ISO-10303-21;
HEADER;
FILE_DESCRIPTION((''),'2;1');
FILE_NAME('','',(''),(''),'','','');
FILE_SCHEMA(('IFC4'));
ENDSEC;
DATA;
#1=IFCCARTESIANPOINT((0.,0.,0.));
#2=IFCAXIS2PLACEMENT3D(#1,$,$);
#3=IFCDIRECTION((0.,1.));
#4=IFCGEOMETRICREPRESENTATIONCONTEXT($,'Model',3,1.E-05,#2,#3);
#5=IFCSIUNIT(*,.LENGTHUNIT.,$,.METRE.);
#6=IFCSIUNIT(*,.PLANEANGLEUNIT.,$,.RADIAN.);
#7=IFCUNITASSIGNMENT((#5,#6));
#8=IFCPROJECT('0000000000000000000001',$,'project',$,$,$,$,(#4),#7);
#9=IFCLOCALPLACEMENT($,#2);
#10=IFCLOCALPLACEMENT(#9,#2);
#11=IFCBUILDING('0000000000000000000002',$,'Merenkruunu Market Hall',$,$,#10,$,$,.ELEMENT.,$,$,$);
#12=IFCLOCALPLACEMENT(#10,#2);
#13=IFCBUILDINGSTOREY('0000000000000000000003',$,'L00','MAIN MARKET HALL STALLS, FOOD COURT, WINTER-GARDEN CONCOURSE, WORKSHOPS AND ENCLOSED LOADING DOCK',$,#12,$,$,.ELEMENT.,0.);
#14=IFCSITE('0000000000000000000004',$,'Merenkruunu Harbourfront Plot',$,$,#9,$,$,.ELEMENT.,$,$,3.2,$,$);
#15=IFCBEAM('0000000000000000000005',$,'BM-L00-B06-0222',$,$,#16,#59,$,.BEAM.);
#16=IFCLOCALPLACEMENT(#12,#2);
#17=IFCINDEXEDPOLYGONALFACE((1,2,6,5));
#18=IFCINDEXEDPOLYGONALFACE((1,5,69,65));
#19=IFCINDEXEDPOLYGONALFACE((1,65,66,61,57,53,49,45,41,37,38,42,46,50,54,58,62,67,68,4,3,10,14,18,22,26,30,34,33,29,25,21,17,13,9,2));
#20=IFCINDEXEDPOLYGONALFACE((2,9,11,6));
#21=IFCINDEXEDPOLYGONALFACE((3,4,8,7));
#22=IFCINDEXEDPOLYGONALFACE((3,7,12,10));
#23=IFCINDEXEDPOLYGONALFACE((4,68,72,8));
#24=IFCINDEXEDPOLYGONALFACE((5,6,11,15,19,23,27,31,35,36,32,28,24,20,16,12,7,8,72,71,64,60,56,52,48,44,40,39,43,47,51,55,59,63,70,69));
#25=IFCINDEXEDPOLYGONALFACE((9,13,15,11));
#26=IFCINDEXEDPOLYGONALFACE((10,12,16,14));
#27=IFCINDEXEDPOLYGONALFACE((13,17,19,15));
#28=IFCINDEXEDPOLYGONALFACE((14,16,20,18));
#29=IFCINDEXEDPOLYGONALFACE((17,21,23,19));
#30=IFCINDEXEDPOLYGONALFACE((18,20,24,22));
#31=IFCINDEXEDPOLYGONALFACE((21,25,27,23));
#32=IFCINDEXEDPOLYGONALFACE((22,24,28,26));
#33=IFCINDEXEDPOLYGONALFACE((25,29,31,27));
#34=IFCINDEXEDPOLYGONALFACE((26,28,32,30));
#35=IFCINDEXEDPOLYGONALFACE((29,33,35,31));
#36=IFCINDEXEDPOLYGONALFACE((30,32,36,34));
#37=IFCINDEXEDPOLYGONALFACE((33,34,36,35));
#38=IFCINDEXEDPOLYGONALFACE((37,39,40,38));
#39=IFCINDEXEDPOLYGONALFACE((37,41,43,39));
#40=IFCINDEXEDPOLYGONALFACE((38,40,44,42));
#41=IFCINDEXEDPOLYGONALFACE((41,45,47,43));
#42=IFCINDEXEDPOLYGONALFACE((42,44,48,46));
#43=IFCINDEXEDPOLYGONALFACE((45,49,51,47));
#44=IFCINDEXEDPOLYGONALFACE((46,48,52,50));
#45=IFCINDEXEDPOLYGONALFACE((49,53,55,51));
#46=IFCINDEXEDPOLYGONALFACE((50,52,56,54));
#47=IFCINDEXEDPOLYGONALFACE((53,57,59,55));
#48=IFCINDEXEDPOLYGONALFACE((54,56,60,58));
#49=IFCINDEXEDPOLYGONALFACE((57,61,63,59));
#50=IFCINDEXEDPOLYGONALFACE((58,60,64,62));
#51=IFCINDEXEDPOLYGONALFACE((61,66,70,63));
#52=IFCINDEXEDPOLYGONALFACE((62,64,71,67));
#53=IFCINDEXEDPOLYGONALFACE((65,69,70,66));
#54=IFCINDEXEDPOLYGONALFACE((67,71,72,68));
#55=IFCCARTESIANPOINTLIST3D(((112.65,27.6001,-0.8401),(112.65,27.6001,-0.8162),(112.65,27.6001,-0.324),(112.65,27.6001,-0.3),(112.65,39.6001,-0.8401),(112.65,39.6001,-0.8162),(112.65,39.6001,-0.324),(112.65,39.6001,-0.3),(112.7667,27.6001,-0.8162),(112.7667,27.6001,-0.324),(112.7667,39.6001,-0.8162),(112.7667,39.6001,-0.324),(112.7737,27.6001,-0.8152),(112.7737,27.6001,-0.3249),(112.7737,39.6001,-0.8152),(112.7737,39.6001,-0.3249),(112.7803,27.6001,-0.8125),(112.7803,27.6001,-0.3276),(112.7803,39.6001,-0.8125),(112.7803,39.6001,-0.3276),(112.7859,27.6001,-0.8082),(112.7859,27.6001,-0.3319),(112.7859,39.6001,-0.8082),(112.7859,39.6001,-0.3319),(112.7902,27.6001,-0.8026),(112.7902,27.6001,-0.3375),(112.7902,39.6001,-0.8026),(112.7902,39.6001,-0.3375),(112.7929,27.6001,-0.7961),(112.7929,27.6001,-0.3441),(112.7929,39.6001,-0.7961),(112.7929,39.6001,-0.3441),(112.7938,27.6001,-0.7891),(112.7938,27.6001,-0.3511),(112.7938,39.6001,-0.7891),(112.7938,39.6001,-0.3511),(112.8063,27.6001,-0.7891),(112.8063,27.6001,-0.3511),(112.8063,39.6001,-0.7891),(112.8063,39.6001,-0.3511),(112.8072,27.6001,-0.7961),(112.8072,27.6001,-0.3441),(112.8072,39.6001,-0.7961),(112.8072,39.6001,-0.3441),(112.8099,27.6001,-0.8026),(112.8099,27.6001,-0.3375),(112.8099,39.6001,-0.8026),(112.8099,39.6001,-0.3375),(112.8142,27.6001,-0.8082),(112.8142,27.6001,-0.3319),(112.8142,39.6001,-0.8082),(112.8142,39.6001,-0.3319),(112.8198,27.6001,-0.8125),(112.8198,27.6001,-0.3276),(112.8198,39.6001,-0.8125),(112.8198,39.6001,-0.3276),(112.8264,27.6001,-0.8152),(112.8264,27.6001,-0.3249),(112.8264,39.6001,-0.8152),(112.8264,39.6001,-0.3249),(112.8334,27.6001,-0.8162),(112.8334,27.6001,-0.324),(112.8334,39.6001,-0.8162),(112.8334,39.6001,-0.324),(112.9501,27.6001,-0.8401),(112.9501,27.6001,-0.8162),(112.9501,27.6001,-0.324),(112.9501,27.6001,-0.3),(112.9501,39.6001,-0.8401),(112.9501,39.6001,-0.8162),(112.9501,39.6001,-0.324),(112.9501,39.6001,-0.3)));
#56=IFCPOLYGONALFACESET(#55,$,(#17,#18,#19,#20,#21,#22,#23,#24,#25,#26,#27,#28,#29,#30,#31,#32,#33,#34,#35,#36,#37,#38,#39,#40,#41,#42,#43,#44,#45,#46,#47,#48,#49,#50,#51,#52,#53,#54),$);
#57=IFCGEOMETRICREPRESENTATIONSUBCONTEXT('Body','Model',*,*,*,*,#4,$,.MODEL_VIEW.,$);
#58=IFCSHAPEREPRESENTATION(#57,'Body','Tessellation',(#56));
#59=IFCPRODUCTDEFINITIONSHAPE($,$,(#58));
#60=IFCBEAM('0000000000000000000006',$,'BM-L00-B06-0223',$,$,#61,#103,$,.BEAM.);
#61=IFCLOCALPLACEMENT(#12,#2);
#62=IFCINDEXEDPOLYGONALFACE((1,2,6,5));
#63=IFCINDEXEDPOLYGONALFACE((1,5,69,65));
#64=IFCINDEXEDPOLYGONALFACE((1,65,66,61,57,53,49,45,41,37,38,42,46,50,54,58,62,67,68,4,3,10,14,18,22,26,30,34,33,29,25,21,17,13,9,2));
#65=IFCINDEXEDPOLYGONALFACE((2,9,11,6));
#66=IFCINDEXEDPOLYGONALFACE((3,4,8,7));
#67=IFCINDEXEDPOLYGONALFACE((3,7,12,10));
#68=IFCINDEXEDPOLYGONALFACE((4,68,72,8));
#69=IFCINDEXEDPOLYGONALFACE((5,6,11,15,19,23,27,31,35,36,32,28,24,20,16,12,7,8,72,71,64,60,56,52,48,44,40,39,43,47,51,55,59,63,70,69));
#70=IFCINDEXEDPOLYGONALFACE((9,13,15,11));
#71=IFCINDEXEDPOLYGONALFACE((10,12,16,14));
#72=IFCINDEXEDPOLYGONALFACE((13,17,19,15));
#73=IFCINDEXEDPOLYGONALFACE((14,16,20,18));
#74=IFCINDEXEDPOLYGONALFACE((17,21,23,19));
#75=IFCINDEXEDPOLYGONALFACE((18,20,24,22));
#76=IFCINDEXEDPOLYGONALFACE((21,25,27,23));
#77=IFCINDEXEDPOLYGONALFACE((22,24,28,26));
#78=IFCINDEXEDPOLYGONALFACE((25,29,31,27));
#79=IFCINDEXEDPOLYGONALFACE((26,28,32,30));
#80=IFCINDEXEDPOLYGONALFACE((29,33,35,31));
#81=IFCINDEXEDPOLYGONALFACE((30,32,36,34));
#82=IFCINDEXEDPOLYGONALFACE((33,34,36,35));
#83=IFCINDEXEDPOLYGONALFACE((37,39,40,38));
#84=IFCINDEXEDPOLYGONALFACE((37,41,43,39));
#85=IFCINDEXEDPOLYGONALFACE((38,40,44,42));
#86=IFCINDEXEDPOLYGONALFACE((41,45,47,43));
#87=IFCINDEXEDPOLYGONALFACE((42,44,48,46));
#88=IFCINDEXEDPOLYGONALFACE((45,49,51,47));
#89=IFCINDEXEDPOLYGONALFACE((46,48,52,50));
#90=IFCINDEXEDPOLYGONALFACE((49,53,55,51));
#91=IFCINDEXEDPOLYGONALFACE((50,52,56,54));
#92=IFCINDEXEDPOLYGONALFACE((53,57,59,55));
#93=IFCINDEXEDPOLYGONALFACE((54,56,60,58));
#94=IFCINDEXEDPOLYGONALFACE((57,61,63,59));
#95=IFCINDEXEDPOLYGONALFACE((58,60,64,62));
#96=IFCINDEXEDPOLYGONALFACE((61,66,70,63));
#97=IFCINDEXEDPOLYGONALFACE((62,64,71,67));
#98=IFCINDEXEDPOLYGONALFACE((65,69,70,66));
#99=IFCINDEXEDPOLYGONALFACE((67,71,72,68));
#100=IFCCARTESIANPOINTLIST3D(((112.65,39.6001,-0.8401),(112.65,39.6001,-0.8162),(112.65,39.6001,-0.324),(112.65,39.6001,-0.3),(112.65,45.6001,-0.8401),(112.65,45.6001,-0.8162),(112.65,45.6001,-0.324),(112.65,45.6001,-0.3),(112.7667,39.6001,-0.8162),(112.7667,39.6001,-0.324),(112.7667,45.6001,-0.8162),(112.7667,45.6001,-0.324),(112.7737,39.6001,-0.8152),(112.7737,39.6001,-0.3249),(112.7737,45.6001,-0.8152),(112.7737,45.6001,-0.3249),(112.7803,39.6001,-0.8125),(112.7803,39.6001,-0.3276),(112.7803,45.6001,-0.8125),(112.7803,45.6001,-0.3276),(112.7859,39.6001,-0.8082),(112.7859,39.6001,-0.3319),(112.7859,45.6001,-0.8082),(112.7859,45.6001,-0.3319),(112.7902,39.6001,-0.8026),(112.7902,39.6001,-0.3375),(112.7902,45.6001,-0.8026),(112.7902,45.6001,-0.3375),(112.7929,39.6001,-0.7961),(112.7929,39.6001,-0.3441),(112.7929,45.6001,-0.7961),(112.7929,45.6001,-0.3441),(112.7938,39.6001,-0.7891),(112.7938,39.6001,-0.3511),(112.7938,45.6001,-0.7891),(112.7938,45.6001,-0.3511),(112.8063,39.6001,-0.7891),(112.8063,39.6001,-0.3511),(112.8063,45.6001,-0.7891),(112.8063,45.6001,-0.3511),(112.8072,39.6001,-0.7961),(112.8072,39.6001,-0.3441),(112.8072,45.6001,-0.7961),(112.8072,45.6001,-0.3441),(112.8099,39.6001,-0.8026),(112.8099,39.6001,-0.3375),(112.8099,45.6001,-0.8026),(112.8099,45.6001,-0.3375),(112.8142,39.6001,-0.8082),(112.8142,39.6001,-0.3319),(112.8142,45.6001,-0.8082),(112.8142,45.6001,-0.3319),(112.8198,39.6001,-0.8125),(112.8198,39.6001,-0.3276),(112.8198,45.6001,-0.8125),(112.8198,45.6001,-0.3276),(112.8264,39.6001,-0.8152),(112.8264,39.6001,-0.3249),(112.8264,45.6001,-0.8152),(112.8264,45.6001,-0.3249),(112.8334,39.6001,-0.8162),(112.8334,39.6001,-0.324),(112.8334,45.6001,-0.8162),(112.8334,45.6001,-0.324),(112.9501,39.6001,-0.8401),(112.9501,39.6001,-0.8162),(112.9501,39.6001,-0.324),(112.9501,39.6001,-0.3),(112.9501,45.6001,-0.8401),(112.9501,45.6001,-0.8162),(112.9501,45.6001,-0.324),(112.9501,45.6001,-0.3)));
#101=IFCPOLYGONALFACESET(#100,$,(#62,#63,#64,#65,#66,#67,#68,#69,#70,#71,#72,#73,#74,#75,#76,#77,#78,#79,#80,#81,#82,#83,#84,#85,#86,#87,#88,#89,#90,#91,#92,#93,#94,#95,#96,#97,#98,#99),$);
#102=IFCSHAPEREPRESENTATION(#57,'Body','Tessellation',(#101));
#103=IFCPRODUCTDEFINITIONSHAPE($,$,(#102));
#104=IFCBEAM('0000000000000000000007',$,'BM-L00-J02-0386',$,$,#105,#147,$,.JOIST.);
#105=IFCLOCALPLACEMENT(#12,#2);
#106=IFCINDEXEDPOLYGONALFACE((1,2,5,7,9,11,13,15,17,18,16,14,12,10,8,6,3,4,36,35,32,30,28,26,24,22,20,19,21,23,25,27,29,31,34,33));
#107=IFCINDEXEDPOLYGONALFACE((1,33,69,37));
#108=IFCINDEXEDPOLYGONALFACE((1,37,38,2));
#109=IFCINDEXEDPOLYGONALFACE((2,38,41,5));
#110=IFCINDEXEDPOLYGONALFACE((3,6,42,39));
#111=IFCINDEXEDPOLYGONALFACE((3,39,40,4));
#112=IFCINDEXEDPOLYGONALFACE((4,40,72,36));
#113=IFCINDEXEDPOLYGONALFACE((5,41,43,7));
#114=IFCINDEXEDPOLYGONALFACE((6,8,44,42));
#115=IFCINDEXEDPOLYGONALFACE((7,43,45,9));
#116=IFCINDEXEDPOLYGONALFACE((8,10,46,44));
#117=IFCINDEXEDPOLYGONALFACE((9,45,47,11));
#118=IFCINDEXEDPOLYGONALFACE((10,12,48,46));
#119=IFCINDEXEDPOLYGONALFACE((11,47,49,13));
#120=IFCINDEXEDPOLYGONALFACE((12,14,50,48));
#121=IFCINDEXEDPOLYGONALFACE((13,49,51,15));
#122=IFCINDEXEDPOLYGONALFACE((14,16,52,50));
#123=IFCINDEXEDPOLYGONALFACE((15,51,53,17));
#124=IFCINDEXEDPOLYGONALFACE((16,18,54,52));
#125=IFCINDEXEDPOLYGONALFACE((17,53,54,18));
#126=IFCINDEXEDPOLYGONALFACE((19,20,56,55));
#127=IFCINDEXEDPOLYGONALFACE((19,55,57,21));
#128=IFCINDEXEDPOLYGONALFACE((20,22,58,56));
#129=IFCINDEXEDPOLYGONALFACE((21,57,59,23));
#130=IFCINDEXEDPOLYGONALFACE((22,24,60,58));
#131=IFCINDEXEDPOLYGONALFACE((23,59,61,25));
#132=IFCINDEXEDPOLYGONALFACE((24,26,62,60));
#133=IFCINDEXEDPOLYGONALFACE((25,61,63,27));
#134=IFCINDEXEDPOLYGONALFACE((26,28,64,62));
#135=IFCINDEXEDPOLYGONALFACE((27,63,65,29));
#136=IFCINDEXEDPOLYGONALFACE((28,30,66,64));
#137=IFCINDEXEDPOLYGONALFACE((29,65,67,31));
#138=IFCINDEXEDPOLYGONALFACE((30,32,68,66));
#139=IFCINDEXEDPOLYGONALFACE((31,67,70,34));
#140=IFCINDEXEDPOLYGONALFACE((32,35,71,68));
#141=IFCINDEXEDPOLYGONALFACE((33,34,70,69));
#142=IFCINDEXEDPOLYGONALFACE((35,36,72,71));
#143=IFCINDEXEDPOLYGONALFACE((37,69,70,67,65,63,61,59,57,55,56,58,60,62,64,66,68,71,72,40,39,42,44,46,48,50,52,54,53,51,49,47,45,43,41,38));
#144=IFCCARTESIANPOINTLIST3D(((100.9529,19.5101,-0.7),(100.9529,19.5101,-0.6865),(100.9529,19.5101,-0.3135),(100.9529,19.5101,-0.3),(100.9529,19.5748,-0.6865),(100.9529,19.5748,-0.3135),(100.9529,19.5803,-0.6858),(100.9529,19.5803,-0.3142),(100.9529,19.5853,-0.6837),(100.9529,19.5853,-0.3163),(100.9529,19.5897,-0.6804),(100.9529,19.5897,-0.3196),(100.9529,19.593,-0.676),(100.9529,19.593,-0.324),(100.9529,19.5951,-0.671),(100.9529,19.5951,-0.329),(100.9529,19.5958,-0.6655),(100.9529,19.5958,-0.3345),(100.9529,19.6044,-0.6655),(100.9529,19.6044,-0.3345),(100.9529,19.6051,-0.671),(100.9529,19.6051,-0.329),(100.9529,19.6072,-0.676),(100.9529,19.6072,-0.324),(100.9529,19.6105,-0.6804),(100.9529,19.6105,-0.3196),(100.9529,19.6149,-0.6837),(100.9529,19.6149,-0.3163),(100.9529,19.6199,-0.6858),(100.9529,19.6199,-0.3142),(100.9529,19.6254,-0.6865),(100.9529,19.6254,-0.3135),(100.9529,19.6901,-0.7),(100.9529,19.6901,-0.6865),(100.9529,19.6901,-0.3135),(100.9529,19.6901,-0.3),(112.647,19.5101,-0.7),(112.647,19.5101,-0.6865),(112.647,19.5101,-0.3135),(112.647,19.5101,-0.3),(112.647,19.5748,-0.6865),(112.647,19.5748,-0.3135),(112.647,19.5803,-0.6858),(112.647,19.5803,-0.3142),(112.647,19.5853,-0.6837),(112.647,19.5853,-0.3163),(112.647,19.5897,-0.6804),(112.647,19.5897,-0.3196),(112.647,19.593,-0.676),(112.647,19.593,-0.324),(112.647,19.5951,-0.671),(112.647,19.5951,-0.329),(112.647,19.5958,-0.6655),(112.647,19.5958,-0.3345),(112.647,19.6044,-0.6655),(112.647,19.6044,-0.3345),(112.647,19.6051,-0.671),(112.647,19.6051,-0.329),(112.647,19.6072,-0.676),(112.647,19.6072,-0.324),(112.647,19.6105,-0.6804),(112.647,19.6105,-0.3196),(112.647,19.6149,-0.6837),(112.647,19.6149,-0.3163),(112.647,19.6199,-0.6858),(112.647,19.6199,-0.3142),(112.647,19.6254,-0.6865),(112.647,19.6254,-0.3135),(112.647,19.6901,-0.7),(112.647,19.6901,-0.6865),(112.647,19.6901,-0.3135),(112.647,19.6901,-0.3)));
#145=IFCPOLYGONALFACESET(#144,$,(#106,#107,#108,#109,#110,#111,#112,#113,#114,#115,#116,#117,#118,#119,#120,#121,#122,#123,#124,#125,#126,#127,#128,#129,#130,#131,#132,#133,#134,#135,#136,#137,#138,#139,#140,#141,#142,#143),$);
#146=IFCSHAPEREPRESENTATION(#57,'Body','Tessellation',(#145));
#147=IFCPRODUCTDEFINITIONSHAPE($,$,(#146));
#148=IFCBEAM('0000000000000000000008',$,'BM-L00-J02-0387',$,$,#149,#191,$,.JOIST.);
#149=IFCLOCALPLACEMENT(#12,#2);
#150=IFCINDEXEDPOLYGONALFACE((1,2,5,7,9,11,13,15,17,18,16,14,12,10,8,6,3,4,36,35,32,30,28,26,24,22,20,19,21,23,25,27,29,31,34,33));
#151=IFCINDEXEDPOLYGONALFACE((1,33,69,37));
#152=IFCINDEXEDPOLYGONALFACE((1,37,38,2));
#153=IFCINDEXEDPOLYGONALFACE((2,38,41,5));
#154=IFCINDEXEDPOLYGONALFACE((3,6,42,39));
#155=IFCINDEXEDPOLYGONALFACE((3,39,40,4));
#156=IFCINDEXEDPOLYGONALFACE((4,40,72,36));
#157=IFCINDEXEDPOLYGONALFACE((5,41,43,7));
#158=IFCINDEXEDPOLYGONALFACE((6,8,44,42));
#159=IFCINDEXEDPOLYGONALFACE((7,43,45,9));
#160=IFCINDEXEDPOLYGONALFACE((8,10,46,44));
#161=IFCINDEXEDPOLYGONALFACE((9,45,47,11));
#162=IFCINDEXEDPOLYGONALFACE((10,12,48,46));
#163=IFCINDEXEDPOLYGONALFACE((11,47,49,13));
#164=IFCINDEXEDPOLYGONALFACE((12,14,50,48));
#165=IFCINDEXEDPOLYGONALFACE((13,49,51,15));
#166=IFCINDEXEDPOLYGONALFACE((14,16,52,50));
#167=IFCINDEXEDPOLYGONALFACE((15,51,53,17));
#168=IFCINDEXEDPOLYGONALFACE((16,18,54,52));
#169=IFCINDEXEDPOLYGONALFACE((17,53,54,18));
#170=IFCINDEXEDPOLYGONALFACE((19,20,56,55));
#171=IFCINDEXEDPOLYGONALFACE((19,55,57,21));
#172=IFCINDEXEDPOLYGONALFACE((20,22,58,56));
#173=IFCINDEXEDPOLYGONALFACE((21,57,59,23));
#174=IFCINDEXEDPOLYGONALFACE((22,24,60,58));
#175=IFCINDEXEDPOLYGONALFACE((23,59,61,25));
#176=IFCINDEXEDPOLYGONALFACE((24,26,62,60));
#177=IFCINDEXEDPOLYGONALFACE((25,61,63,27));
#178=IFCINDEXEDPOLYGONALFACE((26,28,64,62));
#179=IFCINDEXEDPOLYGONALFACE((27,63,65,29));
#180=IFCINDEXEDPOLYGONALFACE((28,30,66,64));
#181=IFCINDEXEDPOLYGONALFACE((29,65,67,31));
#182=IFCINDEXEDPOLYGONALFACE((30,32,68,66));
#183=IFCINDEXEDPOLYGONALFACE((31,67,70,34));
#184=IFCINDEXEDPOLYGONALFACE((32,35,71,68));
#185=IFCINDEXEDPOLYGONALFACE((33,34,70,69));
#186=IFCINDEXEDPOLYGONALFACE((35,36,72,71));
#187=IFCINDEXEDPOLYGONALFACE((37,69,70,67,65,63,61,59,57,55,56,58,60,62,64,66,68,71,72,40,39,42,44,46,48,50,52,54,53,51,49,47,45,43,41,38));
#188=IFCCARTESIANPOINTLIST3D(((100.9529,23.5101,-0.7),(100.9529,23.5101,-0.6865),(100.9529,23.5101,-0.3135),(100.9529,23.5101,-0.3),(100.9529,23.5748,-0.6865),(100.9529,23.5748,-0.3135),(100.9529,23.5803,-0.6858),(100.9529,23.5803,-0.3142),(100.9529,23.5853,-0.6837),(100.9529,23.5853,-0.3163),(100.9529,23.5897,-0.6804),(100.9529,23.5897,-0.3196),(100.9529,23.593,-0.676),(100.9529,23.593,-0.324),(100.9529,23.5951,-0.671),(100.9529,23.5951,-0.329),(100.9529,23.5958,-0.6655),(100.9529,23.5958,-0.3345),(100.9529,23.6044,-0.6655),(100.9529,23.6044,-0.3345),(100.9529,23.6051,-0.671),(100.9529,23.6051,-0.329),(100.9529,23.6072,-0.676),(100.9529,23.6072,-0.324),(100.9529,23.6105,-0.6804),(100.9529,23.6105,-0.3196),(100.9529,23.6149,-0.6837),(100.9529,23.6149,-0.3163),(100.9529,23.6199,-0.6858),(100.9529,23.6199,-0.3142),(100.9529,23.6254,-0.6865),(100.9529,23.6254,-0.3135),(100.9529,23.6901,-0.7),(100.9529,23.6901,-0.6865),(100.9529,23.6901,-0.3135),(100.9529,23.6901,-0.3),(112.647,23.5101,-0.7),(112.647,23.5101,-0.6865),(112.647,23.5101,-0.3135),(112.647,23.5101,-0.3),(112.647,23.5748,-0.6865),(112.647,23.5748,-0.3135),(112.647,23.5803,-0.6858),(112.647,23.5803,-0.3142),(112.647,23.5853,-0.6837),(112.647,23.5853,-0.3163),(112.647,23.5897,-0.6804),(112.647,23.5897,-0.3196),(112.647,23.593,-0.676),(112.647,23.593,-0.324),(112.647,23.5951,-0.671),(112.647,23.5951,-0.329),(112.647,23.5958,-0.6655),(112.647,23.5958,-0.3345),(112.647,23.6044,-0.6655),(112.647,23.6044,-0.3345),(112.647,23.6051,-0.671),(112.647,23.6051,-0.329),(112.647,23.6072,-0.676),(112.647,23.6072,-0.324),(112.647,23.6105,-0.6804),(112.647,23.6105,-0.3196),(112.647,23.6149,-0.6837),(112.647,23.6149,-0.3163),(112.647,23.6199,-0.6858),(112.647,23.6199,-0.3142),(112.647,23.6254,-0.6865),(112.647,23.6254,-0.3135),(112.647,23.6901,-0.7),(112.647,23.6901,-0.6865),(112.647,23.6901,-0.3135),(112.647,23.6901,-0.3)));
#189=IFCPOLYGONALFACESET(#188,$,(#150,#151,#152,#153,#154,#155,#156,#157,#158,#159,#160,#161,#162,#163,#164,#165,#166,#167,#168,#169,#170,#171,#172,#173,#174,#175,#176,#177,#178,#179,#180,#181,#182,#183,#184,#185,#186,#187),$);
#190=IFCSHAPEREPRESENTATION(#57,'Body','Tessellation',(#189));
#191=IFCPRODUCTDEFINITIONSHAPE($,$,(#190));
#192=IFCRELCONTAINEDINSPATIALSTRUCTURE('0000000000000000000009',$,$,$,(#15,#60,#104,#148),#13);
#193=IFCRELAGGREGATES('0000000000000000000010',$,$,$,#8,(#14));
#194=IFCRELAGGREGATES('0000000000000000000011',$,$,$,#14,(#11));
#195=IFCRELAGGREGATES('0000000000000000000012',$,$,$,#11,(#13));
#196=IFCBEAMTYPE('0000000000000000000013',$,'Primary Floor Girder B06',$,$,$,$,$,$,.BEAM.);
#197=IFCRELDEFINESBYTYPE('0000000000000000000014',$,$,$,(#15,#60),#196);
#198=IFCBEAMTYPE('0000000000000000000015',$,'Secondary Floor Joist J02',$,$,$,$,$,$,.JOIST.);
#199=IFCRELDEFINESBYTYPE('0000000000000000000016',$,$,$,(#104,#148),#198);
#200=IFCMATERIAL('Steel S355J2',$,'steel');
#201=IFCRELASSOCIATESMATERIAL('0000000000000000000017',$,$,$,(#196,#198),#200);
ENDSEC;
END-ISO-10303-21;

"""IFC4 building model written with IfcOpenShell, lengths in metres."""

from ifc_helpers import new_model, si_unit, direction, frame, origin, origin_2d, place, context, subcontext, project, spatial, i_section, extrude, material, material_profile, profile_set, type_object, element, save


model = new_model("IFC4")

# Units and contexts
model_context = context("Model", 3, precision=1e-05, world=origin(), true_north=direction((0.0, 1.0)))
body_context = subcontext(model_context, "Body", "Model", "MODEL_VIEW")
ifc_project = project(units=[si_unit("LENGTHUNIT", "METRE"), si_unit("PLANEANGLEUNIT", "RADIAN")], contexts=[model_context])

# Site, building, storey
site_placement = place(None, origin())
site = spatial("IfcSite", under=ifc_project, at=site_placement, Name="Merenkruunu Harbourfront Plot", CompositionType="ELEMENT", RefElevation=3.2)
building_placement = place(site_placement, origin())
building = spatial("IfcBuilding", under=site, at=building_placement, Name="Merenkruunu Market Hall", CompositionType="ELEMENT")
storey_placement = place(building_placement, origin())
storey = spatial("IfcBuildingStorey", under=building, at=storey_placement, Name="L00", Description="MAIN MARKET HALL STALLS, FOOD COURT, WINTER-GARDEN CONCOURSE, WORKSHOPS AND ENCLOSED LOADING DOCK", CompositionType="ELEMENT", Elevation=0.0)

# Shared definitions
ifc_material_1 = material(Name="Steel S355J2", Category="steel")

# Beams
ifc_material_profile_1 = material_profile(ifc_material_1, i_section(OverallWidth=0.3, OverallDepth=0.54, WebThickness=0.0125, FlangeThickness=0.0239, FilletRadius=0.0271, at=origin_2d()), Name="HEA 550")
ifc_profile_set_1 = profile_set([ifc_material_profile_1], Name="Steel S355J2")
beam_type_1 = type_object("IfcBeamType", Name="Primary Floor Girder B06", PredefinedType="BEAM", material=ifc_profile_set_1)
for number, where, z_axis, x_axis, name in (
    (1, (112.8, 27.6001, -0.5701), (0.0, 1.0, 0.0), (-1.0, 0.0, 0.0), "BM-L00-B06-0222"),
):
    element("IfcBeam", number, at=place(storey_placement, frame(where, z_axis=z_axis, x_axis=x_axis)), inside=storey, type_object=beam_type_1, Name=name, PredefinedType="BEAM", context=body_context, shape_type="SweptSolid", body=[
        extrude(i_section(OverallWidth=0.3, OverallDepth=0.54, WebThickness=0.0125, FlangeThickness=0.0239, FilletRadius=0.0271, at=origin_2d()), origin(), (0.0, 0.0, 1.0), 12.0),
    ])
beam_1_placement = place(storey_placement, frame((112.8, 39.6001, -0.5701), z_axis=(0.0, 1.0, 0.0), x_axis=(-1.0, 0.0, 0.0)))
element("IfcBeam", 2, at=beam_1_placement, inside=storey, type_object=beam_type_1, Name="BM-L00-B06-0223", PredefinedType="BEAM", context=body_context, shape_type="SweptSolid", body=[
    extrude(i_section(OverallWidth=0.3, OverallDepth=0.54, WebThickness=0.0125, FlangeThickness=0.0239, FilletRadius=0.0271, at=origin_2d()), origin(), (0.0, 0.0, 1.0), 6.0),
])
ifc_material_profile_2 = material_profile(ifc_material_1, i_section(OverallWidth=0.1799, OverallDepth=0.3999, WebThickness=0.0085, FlangeThickness=0.0134, FilletRadius=0.021, at=origin_2d()), Name="IPE 400")
ifc_profile_set_2 = profile_set([ifc_material_profile_2], Name="Steel S355J2")
beam_type_2 = type_object("IfcBeamType", Name="Secondary Floor Joist J02", PredefinedType="JOIST", material=ifc_profile_set_2)
for number, where, z_axis, x_axis, name in (
    (3, (100.9529, 19.6001, -0.5), (1.0, 0.0, 0.0), (0.0, 1.0, 0.0), "BM-L00-J02-0386"),
    (4, (100.9529, 23.6001, -0.5), (1.0, 0.0, 0.0), (0.0, 1.0, 0.0), "BM-L00-J02-0387"),
):
    element("IfcBeam", number, at=place(storey_placement, frame(where, z_axis=z_axis, x_axis=x_axis)), inside=storey, type_object=beam_type_2, Name=name, PredefinedType="JOIST", context=body_context, shape_type="SweptSolid", body=[
        extrude(i_section(OverallWidth=0.1799, OverallDepth=0.3999, WebThickness=0.0085, FlangeThickness=0.0134, FilletRadius=0.021, at=origin_2d()), origin(), (0.0, 0.0, 1.0), 11.6941),
    ])

save(model, "model.ifc")
